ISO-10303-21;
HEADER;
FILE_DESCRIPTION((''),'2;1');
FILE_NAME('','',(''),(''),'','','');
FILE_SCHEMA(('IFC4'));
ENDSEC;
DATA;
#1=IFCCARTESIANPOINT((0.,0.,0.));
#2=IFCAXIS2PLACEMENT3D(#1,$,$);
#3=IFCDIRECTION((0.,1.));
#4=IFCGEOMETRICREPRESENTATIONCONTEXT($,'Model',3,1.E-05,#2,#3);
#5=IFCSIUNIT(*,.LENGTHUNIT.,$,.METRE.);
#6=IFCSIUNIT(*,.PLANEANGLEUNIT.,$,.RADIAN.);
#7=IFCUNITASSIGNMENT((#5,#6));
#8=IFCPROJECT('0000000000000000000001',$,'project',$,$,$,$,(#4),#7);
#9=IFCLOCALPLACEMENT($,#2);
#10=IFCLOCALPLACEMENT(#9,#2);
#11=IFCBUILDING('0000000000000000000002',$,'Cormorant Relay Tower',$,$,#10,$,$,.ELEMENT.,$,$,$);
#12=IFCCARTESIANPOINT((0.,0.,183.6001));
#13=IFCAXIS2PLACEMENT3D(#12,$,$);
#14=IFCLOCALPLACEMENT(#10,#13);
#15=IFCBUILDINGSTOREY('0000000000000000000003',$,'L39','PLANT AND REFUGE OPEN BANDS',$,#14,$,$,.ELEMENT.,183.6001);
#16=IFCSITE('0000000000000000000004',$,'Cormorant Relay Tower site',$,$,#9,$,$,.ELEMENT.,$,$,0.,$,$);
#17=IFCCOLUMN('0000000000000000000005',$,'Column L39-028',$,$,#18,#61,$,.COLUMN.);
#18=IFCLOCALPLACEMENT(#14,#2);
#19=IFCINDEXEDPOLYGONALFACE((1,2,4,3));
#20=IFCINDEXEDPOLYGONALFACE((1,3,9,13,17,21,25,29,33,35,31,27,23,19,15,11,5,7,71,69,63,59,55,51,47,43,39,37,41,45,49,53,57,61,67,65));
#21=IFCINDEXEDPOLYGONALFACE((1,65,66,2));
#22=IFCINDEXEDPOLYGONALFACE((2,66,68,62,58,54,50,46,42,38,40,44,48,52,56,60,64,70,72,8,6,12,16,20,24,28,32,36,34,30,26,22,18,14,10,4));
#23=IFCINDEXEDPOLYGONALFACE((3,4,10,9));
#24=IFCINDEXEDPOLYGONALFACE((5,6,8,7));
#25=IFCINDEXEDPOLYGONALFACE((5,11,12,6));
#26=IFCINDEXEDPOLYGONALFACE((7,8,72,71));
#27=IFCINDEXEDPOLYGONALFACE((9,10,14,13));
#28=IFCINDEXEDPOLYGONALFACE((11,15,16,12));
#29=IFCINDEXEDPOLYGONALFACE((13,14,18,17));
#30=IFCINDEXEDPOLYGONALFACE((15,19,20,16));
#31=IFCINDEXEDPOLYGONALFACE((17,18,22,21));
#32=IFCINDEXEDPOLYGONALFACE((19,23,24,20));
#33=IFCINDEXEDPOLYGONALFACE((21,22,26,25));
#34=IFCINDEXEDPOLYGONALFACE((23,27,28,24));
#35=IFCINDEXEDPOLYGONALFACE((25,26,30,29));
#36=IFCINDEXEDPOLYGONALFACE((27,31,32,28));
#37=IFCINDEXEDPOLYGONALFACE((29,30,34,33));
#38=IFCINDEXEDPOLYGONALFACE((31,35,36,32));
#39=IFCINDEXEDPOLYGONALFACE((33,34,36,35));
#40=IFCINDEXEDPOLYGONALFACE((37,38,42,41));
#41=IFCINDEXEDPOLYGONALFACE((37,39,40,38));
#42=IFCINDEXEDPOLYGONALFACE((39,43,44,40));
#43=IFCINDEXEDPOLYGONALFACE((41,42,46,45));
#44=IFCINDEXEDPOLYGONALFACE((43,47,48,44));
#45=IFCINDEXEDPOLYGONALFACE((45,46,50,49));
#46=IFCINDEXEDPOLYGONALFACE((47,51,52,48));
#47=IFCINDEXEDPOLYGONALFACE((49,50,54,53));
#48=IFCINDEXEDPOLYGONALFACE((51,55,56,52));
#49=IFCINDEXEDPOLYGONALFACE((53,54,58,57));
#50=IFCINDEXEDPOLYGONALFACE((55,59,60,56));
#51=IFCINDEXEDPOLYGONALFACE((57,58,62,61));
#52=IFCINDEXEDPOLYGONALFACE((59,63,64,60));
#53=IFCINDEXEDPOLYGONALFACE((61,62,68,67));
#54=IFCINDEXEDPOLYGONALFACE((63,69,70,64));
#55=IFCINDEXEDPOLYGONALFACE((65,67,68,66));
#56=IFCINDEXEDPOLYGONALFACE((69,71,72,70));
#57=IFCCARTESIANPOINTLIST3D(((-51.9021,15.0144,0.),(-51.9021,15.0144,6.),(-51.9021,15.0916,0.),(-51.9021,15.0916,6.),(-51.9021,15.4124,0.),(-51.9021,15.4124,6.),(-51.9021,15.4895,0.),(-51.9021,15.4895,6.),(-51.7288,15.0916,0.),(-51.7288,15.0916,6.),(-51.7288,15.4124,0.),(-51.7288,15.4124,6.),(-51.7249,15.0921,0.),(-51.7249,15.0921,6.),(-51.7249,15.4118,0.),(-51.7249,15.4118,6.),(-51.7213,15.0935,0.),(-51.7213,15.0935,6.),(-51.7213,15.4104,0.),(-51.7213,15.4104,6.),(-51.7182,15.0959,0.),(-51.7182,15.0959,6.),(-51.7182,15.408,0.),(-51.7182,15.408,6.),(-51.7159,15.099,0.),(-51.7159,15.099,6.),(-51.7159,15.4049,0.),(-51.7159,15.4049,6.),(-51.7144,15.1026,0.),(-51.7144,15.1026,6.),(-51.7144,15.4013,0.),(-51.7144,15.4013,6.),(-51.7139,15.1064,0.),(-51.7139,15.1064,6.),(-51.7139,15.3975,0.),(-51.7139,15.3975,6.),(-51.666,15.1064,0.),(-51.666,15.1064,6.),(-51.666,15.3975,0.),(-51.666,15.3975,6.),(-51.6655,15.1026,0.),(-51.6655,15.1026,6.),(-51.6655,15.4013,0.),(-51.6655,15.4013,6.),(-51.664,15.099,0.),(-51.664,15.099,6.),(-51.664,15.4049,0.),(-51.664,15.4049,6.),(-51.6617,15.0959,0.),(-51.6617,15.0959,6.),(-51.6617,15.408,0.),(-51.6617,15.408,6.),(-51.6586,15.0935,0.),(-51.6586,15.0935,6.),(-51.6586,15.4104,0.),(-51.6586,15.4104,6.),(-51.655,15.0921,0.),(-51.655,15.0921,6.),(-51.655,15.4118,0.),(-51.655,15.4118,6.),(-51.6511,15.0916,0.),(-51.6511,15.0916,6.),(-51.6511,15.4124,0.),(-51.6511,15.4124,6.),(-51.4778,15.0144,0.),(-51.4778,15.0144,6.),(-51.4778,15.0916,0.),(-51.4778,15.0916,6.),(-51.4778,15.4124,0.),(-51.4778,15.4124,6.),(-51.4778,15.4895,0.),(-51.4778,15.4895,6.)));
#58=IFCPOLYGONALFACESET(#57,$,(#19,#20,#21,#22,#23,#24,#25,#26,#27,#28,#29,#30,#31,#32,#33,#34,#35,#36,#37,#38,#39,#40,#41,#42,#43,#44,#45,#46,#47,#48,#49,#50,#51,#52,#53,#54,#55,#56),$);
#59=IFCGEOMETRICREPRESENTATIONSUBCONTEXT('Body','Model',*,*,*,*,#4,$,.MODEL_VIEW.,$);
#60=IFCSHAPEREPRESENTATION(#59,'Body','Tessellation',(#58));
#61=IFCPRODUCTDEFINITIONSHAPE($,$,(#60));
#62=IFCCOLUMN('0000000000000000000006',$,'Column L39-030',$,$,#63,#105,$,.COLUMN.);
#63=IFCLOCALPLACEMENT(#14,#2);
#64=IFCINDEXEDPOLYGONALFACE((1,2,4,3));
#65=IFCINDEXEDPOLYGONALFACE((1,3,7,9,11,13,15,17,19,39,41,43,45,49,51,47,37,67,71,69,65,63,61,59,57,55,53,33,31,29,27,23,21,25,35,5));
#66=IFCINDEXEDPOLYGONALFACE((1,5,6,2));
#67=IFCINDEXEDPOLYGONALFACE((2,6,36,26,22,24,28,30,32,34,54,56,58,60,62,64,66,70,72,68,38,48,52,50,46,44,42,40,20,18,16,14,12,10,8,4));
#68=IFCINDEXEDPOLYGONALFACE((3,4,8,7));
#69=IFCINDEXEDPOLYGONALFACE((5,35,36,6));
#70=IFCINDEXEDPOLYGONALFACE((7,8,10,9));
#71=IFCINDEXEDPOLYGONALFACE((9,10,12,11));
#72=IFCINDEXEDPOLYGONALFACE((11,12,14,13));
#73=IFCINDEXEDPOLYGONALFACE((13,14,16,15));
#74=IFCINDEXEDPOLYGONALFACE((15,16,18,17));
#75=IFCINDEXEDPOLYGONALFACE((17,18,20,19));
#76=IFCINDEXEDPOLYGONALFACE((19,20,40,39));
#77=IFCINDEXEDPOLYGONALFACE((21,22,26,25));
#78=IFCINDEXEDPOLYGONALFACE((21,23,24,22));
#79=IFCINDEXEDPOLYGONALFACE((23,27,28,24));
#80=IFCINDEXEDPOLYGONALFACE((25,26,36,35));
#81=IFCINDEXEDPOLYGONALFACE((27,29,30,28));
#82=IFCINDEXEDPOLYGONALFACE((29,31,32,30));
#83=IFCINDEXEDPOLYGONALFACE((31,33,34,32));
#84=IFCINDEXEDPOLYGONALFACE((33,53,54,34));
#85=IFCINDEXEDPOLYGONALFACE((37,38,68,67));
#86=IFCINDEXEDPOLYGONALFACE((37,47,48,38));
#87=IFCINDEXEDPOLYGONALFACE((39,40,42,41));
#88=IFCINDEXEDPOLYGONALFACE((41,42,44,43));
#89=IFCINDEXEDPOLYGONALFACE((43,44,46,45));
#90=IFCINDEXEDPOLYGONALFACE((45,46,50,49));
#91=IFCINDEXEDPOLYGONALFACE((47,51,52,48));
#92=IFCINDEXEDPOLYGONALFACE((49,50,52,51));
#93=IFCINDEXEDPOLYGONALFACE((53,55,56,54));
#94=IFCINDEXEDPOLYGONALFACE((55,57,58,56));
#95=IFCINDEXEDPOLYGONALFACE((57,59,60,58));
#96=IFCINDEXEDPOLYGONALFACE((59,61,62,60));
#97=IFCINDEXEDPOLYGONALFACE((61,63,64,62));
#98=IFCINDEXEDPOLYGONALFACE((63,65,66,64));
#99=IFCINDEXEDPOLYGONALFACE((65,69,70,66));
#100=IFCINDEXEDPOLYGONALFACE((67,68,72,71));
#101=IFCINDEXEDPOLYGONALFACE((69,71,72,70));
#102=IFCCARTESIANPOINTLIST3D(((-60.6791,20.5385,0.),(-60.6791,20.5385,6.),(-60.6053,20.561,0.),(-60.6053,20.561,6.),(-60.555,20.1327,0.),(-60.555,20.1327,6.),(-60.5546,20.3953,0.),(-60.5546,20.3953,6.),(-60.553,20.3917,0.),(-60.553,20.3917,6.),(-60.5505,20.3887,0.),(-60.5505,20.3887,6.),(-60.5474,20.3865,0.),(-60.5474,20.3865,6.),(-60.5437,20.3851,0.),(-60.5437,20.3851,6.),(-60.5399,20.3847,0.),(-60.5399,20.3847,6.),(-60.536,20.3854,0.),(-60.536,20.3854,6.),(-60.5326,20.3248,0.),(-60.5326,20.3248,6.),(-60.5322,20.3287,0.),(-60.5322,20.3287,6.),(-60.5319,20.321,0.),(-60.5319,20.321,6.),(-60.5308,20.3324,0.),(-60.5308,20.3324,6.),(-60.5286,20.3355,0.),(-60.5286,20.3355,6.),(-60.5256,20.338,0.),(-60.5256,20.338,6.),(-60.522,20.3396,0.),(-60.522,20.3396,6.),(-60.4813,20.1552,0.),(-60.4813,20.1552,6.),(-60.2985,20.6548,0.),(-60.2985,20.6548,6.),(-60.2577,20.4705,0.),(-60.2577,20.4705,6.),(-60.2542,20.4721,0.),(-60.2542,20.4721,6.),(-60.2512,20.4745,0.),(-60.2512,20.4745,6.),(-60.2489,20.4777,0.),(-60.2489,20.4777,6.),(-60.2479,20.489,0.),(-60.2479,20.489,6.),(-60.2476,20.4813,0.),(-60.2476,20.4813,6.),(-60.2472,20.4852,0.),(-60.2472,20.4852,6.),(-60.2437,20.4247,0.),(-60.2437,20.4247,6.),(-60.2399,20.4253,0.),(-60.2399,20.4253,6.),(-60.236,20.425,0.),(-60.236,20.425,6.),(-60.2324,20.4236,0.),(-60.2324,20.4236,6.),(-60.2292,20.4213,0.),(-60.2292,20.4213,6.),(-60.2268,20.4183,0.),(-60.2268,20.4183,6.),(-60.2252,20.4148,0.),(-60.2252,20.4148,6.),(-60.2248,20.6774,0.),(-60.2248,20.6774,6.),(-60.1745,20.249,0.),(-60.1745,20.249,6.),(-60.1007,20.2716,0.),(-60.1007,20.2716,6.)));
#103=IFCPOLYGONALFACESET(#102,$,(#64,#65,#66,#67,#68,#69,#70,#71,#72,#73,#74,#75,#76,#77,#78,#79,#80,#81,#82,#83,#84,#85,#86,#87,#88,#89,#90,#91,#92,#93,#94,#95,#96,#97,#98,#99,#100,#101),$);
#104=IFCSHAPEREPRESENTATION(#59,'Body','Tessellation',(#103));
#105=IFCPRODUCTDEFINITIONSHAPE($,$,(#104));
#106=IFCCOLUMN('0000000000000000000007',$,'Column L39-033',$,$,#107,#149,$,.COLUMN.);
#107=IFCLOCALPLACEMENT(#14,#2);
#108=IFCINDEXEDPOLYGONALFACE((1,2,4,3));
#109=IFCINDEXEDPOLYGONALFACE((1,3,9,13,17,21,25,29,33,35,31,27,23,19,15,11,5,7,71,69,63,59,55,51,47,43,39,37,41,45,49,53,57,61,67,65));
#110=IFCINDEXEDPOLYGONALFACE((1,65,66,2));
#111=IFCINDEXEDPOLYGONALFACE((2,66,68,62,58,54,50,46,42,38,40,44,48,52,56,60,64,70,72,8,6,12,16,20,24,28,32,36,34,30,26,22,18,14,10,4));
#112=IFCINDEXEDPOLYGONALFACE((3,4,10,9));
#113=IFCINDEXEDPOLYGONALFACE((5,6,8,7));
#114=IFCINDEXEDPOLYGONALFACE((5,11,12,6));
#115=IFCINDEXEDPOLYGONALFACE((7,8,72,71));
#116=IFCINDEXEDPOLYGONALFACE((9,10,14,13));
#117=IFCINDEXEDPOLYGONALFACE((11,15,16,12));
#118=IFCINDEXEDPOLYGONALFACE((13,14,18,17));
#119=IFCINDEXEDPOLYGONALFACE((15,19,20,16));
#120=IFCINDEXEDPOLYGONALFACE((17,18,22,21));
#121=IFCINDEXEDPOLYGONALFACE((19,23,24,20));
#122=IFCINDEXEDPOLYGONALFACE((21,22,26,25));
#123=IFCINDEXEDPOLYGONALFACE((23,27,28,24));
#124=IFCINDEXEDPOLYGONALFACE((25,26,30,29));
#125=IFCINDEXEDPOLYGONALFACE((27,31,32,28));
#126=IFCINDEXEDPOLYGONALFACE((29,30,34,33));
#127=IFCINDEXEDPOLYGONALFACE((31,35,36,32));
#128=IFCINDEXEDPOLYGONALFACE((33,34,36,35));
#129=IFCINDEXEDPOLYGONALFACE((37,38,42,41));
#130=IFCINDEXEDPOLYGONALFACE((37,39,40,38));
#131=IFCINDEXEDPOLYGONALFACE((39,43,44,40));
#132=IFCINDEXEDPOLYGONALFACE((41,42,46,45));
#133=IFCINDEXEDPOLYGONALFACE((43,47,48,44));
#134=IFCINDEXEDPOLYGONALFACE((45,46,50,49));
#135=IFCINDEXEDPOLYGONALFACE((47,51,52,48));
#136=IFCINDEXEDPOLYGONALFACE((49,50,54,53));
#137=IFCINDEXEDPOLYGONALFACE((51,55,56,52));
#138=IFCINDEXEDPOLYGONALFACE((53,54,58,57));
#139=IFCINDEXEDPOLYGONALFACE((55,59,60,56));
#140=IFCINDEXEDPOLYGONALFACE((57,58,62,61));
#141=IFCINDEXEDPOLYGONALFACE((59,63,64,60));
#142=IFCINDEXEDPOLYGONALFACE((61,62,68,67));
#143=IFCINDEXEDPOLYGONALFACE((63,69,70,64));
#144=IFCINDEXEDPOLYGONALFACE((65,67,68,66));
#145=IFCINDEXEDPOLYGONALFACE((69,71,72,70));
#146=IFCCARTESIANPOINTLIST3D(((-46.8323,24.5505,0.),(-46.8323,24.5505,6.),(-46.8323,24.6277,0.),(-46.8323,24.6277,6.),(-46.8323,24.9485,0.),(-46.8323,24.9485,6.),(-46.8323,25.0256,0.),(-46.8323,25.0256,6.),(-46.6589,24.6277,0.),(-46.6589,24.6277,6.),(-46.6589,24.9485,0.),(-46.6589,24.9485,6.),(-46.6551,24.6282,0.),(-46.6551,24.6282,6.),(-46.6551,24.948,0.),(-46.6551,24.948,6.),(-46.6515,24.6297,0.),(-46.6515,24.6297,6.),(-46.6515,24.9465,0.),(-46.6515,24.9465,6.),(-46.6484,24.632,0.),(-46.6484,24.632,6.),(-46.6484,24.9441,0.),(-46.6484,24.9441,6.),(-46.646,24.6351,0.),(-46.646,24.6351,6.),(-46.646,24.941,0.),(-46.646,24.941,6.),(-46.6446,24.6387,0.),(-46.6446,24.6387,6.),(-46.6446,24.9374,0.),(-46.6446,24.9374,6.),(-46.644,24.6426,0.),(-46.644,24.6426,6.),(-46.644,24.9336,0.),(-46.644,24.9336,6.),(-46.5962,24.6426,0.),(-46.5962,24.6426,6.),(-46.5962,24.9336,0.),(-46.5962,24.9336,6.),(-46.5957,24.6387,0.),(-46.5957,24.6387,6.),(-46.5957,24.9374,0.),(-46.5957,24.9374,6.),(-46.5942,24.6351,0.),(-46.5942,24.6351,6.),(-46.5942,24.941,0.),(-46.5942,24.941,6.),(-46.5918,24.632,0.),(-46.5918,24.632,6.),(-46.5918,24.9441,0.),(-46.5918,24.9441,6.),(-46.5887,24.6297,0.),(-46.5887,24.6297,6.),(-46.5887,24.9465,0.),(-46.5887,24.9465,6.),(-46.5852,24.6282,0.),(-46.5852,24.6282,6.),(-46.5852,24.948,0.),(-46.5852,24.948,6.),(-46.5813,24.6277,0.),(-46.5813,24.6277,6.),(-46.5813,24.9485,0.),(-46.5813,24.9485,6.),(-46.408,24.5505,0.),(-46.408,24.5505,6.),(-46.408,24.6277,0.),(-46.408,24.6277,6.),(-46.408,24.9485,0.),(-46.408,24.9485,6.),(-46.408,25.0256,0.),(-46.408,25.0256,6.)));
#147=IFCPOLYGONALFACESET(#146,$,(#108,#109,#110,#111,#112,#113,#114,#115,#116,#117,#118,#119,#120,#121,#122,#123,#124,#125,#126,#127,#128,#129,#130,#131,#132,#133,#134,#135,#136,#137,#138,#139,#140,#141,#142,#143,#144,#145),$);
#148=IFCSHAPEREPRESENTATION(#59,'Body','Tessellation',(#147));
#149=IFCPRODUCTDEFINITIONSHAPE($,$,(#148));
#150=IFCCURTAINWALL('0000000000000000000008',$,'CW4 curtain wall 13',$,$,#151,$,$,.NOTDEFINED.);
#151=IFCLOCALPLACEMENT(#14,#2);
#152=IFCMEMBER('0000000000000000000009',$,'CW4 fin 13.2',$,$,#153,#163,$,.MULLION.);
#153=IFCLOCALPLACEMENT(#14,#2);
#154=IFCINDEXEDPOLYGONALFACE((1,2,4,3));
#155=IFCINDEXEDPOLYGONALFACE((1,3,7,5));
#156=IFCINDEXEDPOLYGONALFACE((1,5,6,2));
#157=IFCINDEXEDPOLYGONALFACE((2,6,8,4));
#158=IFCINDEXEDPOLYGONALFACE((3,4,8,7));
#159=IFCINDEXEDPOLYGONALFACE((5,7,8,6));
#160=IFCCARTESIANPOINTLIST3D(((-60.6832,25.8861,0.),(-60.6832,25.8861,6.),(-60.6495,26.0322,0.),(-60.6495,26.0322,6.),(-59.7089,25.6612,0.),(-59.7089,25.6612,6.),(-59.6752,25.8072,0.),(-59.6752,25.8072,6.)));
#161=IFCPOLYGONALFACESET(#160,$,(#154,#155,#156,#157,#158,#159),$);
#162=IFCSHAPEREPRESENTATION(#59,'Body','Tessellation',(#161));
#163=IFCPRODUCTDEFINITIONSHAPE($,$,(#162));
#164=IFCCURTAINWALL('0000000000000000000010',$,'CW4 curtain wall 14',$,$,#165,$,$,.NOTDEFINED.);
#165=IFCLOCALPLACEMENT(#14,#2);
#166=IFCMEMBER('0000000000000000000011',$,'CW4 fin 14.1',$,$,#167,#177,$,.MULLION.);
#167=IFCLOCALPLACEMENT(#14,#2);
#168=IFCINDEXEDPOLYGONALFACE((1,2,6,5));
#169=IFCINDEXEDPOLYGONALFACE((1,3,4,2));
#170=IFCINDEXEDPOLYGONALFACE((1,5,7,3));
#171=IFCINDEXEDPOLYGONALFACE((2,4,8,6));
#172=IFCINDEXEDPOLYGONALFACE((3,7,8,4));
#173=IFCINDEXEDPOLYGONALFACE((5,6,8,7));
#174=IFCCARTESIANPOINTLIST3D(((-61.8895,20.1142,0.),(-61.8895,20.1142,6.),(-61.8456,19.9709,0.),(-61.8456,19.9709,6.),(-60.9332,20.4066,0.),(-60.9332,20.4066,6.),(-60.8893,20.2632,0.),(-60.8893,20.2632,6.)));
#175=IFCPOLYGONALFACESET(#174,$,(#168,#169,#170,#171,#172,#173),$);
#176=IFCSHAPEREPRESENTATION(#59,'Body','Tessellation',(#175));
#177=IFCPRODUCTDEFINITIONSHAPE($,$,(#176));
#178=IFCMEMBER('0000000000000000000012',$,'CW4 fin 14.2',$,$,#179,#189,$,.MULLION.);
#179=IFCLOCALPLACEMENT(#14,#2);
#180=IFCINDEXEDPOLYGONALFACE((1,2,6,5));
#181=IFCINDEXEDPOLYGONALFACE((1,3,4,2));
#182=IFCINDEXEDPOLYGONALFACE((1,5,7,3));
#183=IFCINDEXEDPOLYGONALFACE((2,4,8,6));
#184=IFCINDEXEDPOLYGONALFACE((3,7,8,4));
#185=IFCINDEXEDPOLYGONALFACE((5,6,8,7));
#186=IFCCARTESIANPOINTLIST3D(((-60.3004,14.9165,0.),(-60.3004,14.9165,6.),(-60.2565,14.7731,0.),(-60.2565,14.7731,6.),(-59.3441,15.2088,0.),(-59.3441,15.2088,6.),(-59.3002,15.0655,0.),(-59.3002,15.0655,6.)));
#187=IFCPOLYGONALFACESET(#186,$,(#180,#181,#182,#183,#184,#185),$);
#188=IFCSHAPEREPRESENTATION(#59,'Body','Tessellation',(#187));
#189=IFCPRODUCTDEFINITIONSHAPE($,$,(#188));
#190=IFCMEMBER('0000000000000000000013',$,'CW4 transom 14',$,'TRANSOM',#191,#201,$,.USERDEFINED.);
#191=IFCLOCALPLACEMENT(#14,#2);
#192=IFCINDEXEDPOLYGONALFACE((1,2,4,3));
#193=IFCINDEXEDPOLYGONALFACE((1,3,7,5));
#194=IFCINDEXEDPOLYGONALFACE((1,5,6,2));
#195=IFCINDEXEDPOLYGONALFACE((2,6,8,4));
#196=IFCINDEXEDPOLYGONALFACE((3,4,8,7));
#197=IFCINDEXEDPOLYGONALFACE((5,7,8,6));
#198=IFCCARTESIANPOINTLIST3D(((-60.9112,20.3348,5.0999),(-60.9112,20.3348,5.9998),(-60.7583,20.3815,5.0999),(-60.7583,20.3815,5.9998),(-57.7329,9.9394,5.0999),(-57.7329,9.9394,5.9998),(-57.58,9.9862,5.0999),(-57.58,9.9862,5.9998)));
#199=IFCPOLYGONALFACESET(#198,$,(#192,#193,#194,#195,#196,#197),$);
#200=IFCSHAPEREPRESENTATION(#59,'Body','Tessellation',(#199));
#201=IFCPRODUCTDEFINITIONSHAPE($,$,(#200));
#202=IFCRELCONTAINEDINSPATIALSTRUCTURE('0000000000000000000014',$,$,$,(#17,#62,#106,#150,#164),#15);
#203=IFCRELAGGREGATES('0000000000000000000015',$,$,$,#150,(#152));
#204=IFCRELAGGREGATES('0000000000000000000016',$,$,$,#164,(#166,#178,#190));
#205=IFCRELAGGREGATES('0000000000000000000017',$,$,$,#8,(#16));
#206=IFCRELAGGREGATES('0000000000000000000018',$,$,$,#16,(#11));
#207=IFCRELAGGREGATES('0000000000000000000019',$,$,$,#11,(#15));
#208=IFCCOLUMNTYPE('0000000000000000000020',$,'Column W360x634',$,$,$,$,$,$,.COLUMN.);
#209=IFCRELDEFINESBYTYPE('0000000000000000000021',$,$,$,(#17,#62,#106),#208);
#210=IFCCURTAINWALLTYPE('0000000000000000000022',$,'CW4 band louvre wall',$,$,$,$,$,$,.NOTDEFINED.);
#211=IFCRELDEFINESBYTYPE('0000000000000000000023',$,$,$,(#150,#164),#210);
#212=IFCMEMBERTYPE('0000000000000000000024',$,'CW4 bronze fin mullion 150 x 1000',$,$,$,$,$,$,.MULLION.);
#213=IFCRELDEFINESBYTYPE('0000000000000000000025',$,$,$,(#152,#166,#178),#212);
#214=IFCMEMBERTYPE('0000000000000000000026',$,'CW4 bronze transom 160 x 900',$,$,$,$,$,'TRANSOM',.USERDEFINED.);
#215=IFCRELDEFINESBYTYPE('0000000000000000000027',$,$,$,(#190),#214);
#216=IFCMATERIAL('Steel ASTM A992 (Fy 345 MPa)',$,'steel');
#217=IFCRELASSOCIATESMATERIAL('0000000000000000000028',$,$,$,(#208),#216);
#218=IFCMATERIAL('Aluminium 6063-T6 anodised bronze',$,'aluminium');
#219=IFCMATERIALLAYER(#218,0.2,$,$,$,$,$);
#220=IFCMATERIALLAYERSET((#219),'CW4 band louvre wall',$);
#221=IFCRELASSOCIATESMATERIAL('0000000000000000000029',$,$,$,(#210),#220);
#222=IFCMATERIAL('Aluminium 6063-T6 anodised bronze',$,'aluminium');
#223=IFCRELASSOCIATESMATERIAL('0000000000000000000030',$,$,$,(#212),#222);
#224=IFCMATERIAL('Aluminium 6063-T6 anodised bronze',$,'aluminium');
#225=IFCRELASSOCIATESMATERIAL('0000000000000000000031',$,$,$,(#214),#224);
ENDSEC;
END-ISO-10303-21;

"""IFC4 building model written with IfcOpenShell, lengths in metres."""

from ifc_helpers import new_model, si_unit, direction, frame, origin, origin_2d, place, context, subcontext, project, spatial, rectangle, i_section, extrude, material, layer, layer_set, material_profile, profile_set, type_object, element, aggregate, save


model = new_model("IFC4")

# Units and contexts
model_context = context("Model", 3, precision=1e-05, world=origin(), true_north=direction((0.0, 1.0)))
body_context = subcontext(model_context, "Body", "Model", "MODEL_VIEW")
ifc_project = project(units=[si_unit("LENGTHUNIT", "METRE"), si_unit("PLANEANGLEUNIT", "RADIAN")], contexts=[model_context])

# Site, building, storey
site_placement = place(None, origin())
site = spatial("IfcSite", under=ifc_project, at=site_placement, Name="Cormorant Relay Tower site", CompositionType="ELEMENT", RefElevation=0.0)
building_placement = place(site_placement, origin())
building = spatial("IfcBuilding", under=site, at=building_placement, Name="Cormorant Relay Tower", CompositionType="ELEMENT")
storey_placement = place(building_placement, frame((0.0, 0.0, 183.6001)))
storey = spatial("IfcBuildingStorey", under=building, at=storey_placement, Name="L39", Description="PLANT AND REFUGE OPEN BANDS", CompositionType="ELEMENT", Elevation=183.6001)

# Columns
ifc_material_1 = material(Name="Steel ASTM A992 (Fy 345 MPa)", Category="steel")
ifc_material_profile_1 = material_profile(ifc_material_1, i_section(OverallWidth=0.4243, OverallDepth=0.4751, WebThickness=0.0479, FlangeThickness=0.0771, FilletRadius=0.0149, at=origin_2d()), Name="W360x634")
ifc_profile_set_1 = profile_set([ifc_material_profile_1], Name="Steel ASTM A992 (Fy 345 MPa)")
column_type = type_object("IfcColumnType", Name="Column W360x634", PredefinedType="COLUMN", material=ifc_profile_set_1)
for number, where, z_axis, x_axis, name in (
    (1, (-51.6899, 15.252, 0.0), (0.0, 0.0, 1.0), (1.0, 0.0, 0.0), "Column L39-028"),
    (2, (-60.3899, 20.405, 0.0), (0.0, 0.0, 1.0), (0.292372, -0.956305, 0.0), "Column L39-030"),
    (3, (-46.6201, 24.7881, 0.0), (0.0, 0.0, 1.0), (1.0, 0.0, 0.0), "Column L39-033"),
):
    element("IfcColumn", number, at=place(storey_placement, frame(where, z_axis=z_axis, x_axis=x_axis)), inside=storey, type_object=column_type, Name=name, PredefinedType="COLUMN", context=body_context, shape_type="SweptSolid", body=[
        extrude(i_section(OverallWidth=0.4243, OverallDepth=0.4751, WebThickness=0.0479, FlangeThickness=0.0771, FilletRadius=0.0149, at=origin_2d()), origin(), (0.0, 0.0, 1.0), 6.0),
    ])

# Curtain wall, member
ifc_material_2 = material(Name="Aluminium 6063-T6 anodised bronze", Category="aluminium")
ifc_layer_1 = layer(ifc_material_2, 0.2)
ifc_layer_set_1 = layer_set([ifc_layer_1], Name="CW4 band louvre wall")
curtain_wall_type = type_object("IfcCurtainWallType", Name="CW4 band louvre wall", PredefinedType="NOTDEFINED", material=ifc_layer_set_1)
curtain_wall_1_placement = place(storey_placement, origin())
curtain_wall_1 = element("IfcCurtainWall", 4, at=curtain_wall_1_placement, inside=storey, type_object=curtain_wall_type, Name="CW4 curtain wall 13", PredefinedType="NOTDEFINED")
ifc_material_3 = material(Name="Aluminium 6063-T6 anodised bronze", Category="aluminium")
ifc_material_profile_2 = material_profile(ifc_material_3, rectangle(XDim=0.1499, YDim=1.0, at=origin_2d()), Name="AL 150x1000")
ifc_profile_set_2 = profile_set([ifc_material_profile_2], Name="Aluminium 6063-T6 anodised bronze")
member_type_1 = type_object("IfcMemberType", Name="CW4 bronze fin mullion 150 x 1000", PredefinedType="MULLION", material=ifc_profile_set_2)
member_1_placement = place(storey_placement, frame((-60.1792, 25.8467, 0.0), z_axis=(0.0, 0.0, 1.0), x_axis=(-0.224951, -0.97437, 0.0)))
member_1 = element("IfcMember", 5, at=member_1_placement, type_object=member_type_1, Name="CW4 fin 13.2", PredefinedType="MULLION", context=body_context, shape_type="SweptSolid", body=[
    extrude(rectangle(XDim=0.1499, YDim=1.0, at=origin_2d()), origin(), (0.0, 0.0, 1.0), 6.0),
])

# Curtain wall, members
curtain_wall_2_placement = place(storey_placement, origin())
curtain_wall_2 = element("IfcCurtainWall", 6, at=curtain_wall_2_placement, inside=storey, type_object=curtain_wall_type, Name="CW4 curtain wall 14", PredefinedType="NOTDEFINED")
member_2_placement = place(storey_placement, frame((-61.3894, 20.1887, 0.0), z_axis=(0.0, 0.0, 1.0), x_axis=(0.292372, -0.956305, 0.0)))
member_2 = element("IfcMember", 7, at=member_2_placement, type_object=member_type_1, Name="CW4 fin 14.1", PredefinedType="MULLION", context=body_context, shape_type="SweptSolid", body=[
    extrude(rectangle(XDim=0.1499, YDim=1.0, at=origin_2d()), origin(), (0.0, 0.0, 1.0), 6.0),
])
member_3_placement = place(storey_placement, frame((-59.8003, 14.991, 0.0), z_axis=(0.0, 0.0, 1.0), x_axis=(0.292372, -0.956305, 0.0)))
member_3 = element("IfcMember", 8, at=member_3_placement, type_object=member_type_1, Name="CW4 fin 14.2", PredefinedType="MULLION", context=body_context, shape_type="SweptSolid", body=[
    extrude(rectangle(XDim=0.1499, YDim=1.0, at=origin_2d()), origin(), (0.0, 0.0, 1.0), 6.0),
])
ifc_material_4 = material(Name="Aluminium 6063-T6 anodised bronze", Category="aluminium")
ifc_material_profile_3 = material_profile(ifc_material_4, rectangle(XDim=0.1599, YDim=0.8999, at=origin_2d()), Name="AL 160x900")
ifc_profile_set_3 = profile_set([ifc_material_profile_3], Name="Aluminium 6063-T6 anodised bronze")
member_type_2 = type_object("IfcMemberType", Name="CW4 bronze transom 160 x 900", ElementType="TRANSOM", PredefinedType="USERDEFINED", material=ifc_profile_set_3)
member_4_placement = place(storey_placement, frame((-60.8347, 20.3582, 5.5498), z_axis=(0.292378, -0.956303, 0.0), x_axis=(0.956303, 0.292378, 0.0)))
member_4 = element("IfcMember", 9, at=member_4_placement, type_object=member_type_2, Name="CW4 transom 14", ObjectType="TRANSOM", PredefinedType="USERDEFINED", context=body_context, shape_type="SweptSolid", body=[
    extrude(rectangle(XDim=0.1599, YDim=0.8999, at=origin_2d()), origin(), (0.0, 0.0, 1.0), 10.8704),
])

aggregate(curtain_wall_1, [member_1])
aggregate(curtain_wall_2, [member_2, member_3, member_4])

save(model, "model.ifc")
